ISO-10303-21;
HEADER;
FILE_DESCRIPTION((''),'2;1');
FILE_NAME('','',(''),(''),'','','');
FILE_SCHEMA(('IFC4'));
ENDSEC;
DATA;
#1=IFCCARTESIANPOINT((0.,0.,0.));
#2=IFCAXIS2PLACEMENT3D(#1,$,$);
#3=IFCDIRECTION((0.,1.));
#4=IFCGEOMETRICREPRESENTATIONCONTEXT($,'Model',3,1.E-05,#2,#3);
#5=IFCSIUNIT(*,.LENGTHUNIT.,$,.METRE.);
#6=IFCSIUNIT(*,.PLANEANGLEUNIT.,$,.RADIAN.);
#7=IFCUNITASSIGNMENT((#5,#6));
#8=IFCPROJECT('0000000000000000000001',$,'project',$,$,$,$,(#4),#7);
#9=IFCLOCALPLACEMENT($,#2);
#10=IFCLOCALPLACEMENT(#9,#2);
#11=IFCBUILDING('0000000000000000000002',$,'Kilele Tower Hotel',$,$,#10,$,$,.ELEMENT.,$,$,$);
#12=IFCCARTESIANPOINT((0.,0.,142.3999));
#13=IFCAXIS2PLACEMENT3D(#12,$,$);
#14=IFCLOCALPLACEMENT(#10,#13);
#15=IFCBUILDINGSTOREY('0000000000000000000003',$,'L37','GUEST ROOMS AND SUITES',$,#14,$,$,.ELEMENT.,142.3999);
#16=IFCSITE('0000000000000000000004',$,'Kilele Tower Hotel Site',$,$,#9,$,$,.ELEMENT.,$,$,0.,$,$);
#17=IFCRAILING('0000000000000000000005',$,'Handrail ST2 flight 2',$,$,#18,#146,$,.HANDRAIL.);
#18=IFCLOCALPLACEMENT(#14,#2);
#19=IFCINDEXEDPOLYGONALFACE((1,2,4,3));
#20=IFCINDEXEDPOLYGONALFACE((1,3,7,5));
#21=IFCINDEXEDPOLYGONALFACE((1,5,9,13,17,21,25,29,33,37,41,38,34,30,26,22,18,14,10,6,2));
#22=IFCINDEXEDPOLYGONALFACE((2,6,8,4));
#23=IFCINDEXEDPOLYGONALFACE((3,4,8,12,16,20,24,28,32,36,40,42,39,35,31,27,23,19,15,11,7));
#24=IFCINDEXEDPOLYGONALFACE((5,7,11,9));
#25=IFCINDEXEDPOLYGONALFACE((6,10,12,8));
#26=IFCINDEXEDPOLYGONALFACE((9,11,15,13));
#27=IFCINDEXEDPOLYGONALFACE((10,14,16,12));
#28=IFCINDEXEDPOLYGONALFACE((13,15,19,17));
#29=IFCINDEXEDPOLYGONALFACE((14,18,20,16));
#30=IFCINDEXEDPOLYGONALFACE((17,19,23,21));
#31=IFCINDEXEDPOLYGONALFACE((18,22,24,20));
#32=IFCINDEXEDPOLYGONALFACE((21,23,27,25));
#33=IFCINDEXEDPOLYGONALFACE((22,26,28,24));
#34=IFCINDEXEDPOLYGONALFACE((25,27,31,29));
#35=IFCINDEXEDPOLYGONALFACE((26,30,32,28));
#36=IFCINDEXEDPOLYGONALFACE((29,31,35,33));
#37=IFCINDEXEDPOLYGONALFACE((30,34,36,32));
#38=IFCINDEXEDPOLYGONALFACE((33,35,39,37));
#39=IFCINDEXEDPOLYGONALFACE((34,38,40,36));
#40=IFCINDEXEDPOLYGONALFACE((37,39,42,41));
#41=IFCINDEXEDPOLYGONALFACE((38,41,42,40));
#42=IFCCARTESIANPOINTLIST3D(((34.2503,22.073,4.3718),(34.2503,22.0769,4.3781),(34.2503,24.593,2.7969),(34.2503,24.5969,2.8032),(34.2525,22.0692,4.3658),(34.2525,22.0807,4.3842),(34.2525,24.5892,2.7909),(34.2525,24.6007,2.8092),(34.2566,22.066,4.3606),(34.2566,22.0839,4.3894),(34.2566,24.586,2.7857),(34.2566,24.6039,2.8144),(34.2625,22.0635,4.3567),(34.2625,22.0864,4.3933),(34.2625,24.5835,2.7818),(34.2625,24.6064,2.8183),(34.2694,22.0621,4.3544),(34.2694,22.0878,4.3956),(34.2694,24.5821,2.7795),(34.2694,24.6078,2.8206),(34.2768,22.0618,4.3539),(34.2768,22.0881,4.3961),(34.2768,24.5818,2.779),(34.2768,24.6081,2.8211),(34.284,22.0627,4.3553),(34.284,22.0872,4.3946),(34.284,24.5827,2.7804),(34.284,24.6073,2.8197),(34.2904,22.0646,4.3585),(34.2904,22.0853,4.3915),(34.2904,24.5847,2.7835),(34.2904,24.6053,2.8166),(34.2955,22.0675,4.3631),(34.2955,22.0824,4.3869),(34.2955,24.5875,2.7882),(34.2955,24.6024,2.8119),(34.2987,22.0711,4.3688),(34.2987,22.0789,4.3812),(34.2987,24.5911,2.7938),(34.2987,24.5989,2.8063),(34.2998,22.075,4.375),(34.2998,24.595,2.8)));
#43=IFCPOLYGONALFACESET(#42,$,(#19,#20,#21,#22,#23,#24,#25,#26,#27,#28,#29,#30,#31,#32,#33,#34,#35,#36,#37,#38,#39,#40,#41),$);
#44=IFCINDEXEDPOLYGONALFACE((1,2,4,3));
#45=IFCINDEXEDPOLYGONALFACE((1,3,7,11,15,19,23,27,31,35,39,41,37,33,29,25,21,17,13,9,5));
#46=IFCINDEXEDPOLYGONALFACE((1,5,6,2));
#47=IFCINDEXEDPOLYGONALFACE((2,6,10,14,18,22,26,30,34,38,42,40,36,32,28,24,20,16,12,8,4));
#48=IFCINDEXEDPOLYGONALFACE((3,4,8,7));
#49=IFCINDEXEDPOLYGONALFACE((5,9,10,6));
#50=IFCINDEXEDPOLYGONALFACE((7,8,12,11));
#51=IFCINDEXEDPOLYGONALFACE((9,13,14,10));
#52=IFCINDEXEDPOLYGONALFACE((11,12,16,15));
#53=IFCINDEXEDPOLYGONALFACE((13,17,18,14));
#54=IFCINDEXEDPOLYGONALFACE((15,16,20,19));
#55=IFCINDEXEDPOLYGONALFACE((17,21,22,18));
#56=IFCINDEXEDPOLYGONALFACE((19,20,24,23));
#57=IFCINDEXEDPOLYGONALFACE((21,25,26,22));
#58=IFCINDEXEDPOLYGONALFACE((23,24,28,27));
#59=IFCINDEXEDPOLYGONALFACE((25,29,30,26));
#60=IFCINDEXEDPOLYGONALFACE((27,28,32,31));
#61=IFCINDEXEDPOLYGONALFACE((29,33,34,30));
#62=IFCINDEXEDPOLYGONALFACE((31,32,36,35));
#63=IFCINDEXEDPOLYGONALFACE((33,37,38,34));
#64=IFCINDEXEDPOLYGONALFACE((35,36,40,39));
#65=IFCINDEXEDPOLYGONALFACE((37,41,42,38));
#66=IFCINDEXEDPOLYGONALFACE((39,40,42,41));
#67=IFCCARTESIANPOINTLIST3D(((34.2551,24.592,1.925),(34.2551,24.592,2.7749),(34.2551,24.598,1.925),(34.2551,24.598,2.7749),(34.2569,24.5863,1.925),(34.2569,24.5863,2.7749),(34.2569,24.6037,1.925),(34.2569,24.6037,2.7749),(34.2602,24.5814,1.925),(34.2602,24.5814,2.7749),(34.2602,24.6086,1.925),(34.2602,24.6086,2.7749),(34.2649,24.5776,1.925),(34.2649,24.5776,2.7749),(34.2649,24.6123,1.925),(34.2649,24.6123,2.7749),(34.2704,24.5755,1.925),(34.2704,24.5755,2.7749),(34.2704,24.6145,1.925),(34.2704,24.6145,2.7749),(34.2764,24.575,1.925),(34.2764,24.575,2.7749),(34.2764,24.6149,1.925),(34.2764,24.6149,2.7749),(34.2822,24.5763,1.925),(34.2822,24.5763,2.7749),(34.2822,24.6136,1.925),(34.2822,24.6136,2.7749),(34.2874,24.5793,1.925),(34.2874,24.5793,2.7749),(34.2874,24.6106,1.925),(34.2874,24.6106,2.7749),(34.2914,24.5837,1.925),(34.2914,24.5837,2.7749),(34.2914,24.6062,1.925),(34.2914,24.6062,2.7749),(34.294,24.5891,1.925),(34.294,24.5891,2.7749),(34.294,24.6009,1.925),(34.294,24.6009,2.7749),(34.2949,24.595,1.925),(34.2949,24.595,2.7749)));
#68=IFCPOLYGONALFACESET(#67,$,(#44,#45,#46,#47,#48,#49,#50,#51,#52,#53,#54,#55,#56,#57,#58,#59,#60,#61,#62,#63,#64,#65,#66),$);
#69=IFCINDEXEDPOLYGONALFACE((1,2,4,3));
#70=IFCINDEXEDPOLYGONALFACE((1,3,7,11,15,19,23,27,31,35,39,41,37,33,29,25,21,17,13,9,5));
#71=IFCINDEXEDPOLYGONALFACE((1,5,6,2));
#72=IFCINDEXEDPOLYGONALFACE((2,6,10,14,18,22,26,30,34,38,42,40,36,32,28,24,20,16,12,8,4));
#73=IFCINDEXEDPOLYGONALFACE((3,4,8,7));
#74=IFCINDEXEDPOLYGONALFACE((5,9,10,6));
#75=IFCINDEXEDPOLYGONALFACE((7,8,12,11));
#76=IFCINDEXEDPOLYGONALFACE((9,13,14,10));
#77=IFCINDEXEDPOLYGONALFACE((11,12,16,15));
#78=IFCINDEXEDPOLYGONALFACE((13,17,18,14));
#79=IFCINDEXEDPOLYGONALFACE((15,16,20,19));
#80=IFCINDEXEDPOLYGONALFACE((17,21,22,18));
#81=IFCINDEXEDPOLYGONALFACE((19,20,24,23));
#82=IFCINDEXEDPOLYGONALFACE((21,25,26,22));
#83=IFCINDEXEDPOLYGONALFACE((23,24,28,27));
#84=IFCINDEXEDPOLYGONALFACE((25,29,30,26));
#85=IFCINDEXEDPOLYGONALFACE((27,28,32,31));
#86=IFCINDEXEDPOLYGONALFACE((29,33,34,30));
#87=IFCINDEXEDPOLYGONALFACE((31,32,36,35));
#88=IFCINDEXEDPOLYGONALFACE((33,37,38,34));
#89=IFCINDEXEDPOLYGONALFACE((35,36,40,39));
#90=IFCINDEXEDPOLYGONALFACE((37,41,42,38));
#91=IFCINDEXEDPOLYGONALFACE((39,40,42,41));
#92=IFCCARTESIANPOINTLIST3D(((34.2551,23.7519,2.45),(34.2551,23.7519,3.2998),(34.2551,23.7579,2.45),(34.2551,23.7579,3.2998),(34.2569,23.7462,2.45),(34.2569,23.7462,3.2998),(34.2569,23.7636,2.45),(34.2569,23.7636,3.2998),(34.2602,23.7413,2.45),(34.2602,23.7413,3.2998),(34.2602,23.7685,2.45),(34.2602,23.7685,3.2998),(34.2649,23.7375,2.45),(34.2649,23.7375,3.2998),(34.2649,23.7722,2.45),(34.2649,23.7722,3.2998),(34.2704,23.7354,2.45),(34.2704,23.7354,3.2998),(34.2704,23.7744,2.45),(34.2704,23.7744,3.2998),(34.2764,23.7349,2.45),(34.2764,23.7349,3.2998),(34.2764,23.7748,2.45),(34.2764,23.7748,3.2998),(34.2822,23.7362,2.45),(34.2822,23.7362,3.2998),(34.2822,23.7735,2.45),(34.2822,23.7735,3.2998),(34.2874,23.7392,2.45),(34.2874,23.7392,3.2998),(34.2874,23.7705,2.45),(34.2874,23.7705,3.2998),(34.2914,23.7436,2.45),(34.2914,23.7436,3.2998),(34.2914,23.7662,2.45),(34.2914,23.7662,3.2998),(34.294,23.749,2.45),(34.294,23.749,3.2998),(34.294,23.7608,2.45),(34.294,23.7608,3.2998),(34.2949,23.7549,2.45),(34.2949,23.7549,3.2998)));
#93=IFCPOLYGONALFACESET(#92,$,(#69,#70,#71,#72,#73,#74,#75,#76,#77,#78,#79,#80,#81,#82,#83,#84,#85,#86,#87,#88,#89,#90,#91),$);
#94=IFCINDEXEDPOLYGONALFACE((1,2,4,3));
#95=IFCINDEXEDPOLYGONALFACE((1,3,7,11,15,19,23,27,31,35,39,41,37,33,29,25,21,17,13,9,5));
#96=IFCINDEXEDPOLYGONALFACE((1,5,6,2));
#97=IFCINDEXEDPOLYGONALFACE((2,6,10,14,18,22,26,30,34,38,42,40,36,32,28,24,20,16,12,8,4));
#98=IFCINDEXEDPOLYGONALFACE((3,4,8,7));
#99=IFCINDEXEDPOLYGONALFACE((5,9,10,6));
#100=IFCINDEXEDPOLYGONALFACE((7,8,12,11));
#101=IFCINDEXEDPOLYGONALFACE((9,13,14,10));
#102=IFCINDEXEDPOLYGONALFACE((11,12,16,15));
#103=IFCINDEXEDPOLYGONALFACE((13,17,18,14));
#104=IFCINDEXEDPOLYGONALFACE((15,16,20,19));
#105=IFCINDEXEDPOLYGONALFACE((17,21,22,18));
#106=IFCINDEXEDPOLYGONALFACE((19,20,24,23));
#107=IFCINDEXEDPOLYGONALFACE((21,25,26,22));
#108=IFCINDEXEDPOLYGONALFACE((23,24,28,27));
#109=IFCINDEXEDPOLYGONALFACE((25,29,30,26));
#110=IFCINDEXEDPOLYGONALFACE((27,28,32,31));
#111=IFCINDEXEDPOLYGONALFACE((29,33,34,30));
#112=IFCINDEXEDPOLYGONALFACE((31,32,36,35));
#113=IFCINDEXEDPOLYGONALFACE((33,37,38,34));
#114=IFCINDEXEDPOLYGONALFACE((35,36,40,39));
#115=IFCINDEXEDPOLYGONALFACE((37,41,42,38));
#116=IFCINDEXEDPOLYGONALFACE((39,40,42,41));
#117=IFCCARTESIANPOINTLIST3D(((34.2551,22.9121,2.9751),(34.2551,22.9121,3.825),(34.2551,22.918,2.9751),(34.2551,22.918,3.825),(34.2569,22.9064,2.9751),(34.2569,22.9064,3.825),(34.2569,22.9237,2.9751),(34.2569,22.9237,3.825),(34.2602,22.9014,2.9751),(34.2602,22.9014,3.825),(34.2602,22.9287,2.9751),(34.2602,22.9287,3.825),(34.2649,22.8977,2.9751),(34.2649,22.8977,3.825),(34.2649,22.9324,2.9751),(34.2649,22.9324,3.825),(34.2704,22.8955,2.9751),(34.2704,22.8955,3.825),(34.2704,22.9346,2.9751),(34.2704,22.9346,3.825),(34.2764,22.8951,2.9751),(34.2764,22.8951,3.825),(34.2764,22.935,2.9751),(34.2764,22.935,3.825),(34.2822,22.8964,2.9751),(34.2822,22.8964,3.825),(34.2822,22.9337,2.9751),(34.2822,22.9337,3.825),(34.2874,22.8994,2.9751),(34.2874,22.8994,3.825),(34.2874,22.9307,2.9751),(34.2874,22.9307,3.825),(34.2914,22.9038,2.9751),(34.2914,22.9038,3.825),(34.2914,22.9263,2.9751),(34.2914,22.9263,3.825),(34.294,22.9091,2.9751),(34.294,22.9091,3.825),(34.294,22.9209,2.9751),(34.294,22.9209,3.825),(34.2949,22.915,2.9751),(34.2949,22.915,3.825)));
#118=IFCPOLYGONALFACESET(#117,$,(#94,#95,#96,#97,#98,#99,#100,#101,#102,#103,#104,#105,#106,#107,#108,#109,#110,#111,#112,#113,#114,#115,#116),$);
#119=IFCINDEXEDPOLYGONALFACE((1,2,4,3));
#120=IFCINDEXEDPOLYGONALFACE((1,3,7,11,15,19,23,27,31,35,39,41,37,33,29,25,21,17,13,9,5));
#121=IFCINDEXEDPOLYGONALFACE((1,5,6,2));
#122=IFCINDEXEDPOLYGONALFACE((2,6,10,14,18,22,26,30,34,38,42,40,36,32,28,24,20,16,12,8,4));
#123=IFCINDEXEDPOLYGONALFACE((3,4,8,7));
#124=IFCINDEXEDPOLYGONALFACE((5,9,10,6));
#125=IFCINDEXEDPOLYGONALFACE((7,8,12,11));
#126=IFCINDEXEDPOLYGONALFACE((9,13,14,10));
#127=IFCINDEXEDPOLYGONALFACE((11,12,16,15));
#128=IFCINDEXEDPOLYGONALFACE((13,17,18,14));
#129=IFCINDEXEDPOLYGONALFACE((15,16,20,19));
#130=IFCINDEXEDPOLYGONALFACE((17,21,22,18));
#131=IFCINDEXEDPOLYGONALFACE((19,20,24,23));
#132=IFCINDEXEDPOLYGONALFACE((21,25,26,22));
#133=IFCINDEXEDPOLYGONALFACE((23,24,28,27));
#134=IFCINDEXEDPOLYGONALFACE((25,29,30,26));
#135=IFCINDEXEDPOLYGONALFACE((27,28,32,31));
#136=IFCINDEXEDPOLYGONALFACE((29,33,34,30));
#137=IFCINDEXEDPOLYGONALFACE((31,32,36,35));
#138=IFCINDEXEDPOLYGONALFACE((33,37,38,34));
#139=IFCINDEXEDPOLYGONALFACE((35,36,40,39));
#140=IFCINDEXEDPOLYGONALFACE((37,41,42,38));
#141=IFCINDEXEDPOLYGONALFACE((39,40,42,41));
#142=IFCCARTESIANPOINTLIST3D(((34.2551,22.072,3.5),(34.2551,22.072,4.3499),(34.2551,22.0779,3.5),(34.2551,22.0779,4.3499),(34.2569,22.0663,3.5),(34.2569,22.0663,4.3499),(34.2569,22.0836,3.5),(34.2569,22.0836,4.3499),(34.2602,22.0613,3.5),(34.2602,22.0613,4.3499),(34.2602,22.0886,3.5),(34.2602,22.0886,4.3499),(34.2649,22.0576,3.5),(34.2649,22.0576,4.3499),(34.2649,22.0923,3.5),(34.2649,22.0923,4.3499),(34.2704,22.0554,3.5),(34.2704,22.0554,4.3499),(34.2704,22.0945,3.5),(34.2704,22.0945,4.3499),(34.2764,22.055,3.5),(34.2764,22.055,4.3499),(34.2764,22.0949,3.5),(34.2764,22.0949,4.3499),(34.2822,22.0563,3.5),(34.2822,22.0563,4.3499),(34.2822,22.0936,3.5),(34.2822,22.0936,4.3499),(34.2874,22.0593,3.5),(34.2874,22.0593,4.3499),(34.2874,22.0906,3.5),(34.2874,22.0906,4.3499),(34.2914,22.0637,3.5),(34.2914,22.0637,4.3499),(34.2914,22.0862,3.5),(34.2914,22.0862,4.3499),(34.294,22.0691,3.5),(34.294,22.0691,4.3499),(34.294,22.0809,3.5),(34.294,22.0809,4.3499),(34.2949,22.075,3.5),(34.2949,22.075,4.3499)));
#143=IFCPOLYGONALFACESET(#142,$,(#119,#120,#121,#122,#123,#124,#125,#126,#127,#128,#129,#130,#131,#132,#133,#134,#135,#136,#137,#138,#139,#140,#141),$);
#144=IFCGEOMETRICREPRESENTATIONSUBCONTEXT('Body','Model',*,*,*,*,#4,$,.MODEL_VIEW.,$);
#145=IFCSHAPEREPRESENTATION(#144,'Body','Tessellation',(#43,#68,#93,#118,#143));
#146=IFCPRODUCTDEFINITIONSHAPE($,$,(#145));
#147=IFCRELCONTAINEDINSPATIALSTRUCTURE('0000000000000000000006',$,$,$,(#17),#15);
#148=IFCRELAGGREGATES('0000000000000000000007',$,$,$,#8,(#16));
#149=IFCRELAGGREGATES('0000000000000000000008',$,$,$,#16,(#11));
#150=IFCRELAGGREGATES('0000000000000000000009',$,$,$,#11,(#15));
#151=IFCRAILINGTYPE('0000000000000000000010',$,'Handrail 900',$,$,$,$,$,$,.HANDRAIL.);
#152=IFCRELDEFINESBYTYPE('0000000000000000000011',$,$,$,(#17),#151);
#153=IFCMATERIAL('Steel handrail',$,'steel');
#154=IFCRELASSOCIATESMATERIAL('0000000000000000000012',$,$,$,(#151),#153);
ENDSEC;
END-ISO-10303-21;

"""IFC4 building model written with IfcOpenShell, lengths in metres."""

from ifc_helpers import new_model, si_unit, direction, frame, origin, origin_2d, place, context, subcontext, project, spatial, circle, extrude, material, type_object, element, save


model = new_model("IFC4")

# Units and contexts
model_context = context("Model", 3, precision=1e-05, world=origin(), true_north=direction((0.0, 1.0)))
body_context = subcontext(model_context, "Body", "Model", "MODEL_VIEW")
ifc_project = project(units=[si_unit("LENGTHUNIT", "METRE"), si_unit("PLANEANGLEUNIT", "RADIAN")], contexts=[model_context])

# Site, building, storey
site_placement = place(None, origin())
site = spatial("IfcSite", under=ifc_project, at=site_placement, Name="Kilele Tower Hotel Site", CompositionType="ELEMENT", RefElevation=0.0)
building_placement = place(site_placement, origin())
building = spatial("IfcBuilding", under=site, at=building_placement, Name="Kilele Tower Hotel", CompositionType="ELEMENT")
storey_placement = place(building_placement, frame((0.0, 0.0, 142.3999)))
storey = spatial("IfcBuildingStorey", under=building, at=storey_placement, Name="L37", Description="GUEST ROOMS AND SUITES", CompositionType="ELEMENT", Elevation=142.3999)

# Railing
ifc_material_1 = material(Name="Steel handrail", Category="steel")
railing_type_1 = type_object("IfcRailingType", Name="Handrail 900", PredefinedType="HANDRAIL", material=ifc_material_1)
for number, where, name in (
    (1, (34.2749, 24.595, 1.925), "Handrail ST2 flight 2"),
):
    element("IfcRailing", number, at=place(storey_placement, frame(where)), inside=storey, type_object=railing_type_1, Name=name, PredefinedType="HANDRAIL", context=body_context, shape_type="SweptSolid", body=[
        extrude(circle(Radius=0.0249, at=origin_2d()), frame((0.0, 0.0, 0.875), z_axis=(0.0, -0.848008, 0.529984), x_axis=(1.0, 0.0, 0.0)), (0.0, 0.0, 1.0), 2.9717),
        extrude(circle(Radius=0.02, at=origin_2d()), origin(), (0.0, 0.0, 1.0), 0.8499),
        extrude(circle(Radius=0.02, at=origin_2d()), frame((0.0, -0.8401, 0.5249)), (0.0, 0.0, 1.0), 0.8499),
        extrude(circle(Radius=0.02, at=origin_2d()), frame((0.0, -1.6799, 1.05)), (0.0, 0.0, 1.0), 0.8499),
        extrude(circle(Radius=0.02, at=origin_2d()), frame((0.0, -2.52, 1.575)), (0.0, 0.0, 1.0), 0.8499),
    ])

save(model, "model.ifc")
